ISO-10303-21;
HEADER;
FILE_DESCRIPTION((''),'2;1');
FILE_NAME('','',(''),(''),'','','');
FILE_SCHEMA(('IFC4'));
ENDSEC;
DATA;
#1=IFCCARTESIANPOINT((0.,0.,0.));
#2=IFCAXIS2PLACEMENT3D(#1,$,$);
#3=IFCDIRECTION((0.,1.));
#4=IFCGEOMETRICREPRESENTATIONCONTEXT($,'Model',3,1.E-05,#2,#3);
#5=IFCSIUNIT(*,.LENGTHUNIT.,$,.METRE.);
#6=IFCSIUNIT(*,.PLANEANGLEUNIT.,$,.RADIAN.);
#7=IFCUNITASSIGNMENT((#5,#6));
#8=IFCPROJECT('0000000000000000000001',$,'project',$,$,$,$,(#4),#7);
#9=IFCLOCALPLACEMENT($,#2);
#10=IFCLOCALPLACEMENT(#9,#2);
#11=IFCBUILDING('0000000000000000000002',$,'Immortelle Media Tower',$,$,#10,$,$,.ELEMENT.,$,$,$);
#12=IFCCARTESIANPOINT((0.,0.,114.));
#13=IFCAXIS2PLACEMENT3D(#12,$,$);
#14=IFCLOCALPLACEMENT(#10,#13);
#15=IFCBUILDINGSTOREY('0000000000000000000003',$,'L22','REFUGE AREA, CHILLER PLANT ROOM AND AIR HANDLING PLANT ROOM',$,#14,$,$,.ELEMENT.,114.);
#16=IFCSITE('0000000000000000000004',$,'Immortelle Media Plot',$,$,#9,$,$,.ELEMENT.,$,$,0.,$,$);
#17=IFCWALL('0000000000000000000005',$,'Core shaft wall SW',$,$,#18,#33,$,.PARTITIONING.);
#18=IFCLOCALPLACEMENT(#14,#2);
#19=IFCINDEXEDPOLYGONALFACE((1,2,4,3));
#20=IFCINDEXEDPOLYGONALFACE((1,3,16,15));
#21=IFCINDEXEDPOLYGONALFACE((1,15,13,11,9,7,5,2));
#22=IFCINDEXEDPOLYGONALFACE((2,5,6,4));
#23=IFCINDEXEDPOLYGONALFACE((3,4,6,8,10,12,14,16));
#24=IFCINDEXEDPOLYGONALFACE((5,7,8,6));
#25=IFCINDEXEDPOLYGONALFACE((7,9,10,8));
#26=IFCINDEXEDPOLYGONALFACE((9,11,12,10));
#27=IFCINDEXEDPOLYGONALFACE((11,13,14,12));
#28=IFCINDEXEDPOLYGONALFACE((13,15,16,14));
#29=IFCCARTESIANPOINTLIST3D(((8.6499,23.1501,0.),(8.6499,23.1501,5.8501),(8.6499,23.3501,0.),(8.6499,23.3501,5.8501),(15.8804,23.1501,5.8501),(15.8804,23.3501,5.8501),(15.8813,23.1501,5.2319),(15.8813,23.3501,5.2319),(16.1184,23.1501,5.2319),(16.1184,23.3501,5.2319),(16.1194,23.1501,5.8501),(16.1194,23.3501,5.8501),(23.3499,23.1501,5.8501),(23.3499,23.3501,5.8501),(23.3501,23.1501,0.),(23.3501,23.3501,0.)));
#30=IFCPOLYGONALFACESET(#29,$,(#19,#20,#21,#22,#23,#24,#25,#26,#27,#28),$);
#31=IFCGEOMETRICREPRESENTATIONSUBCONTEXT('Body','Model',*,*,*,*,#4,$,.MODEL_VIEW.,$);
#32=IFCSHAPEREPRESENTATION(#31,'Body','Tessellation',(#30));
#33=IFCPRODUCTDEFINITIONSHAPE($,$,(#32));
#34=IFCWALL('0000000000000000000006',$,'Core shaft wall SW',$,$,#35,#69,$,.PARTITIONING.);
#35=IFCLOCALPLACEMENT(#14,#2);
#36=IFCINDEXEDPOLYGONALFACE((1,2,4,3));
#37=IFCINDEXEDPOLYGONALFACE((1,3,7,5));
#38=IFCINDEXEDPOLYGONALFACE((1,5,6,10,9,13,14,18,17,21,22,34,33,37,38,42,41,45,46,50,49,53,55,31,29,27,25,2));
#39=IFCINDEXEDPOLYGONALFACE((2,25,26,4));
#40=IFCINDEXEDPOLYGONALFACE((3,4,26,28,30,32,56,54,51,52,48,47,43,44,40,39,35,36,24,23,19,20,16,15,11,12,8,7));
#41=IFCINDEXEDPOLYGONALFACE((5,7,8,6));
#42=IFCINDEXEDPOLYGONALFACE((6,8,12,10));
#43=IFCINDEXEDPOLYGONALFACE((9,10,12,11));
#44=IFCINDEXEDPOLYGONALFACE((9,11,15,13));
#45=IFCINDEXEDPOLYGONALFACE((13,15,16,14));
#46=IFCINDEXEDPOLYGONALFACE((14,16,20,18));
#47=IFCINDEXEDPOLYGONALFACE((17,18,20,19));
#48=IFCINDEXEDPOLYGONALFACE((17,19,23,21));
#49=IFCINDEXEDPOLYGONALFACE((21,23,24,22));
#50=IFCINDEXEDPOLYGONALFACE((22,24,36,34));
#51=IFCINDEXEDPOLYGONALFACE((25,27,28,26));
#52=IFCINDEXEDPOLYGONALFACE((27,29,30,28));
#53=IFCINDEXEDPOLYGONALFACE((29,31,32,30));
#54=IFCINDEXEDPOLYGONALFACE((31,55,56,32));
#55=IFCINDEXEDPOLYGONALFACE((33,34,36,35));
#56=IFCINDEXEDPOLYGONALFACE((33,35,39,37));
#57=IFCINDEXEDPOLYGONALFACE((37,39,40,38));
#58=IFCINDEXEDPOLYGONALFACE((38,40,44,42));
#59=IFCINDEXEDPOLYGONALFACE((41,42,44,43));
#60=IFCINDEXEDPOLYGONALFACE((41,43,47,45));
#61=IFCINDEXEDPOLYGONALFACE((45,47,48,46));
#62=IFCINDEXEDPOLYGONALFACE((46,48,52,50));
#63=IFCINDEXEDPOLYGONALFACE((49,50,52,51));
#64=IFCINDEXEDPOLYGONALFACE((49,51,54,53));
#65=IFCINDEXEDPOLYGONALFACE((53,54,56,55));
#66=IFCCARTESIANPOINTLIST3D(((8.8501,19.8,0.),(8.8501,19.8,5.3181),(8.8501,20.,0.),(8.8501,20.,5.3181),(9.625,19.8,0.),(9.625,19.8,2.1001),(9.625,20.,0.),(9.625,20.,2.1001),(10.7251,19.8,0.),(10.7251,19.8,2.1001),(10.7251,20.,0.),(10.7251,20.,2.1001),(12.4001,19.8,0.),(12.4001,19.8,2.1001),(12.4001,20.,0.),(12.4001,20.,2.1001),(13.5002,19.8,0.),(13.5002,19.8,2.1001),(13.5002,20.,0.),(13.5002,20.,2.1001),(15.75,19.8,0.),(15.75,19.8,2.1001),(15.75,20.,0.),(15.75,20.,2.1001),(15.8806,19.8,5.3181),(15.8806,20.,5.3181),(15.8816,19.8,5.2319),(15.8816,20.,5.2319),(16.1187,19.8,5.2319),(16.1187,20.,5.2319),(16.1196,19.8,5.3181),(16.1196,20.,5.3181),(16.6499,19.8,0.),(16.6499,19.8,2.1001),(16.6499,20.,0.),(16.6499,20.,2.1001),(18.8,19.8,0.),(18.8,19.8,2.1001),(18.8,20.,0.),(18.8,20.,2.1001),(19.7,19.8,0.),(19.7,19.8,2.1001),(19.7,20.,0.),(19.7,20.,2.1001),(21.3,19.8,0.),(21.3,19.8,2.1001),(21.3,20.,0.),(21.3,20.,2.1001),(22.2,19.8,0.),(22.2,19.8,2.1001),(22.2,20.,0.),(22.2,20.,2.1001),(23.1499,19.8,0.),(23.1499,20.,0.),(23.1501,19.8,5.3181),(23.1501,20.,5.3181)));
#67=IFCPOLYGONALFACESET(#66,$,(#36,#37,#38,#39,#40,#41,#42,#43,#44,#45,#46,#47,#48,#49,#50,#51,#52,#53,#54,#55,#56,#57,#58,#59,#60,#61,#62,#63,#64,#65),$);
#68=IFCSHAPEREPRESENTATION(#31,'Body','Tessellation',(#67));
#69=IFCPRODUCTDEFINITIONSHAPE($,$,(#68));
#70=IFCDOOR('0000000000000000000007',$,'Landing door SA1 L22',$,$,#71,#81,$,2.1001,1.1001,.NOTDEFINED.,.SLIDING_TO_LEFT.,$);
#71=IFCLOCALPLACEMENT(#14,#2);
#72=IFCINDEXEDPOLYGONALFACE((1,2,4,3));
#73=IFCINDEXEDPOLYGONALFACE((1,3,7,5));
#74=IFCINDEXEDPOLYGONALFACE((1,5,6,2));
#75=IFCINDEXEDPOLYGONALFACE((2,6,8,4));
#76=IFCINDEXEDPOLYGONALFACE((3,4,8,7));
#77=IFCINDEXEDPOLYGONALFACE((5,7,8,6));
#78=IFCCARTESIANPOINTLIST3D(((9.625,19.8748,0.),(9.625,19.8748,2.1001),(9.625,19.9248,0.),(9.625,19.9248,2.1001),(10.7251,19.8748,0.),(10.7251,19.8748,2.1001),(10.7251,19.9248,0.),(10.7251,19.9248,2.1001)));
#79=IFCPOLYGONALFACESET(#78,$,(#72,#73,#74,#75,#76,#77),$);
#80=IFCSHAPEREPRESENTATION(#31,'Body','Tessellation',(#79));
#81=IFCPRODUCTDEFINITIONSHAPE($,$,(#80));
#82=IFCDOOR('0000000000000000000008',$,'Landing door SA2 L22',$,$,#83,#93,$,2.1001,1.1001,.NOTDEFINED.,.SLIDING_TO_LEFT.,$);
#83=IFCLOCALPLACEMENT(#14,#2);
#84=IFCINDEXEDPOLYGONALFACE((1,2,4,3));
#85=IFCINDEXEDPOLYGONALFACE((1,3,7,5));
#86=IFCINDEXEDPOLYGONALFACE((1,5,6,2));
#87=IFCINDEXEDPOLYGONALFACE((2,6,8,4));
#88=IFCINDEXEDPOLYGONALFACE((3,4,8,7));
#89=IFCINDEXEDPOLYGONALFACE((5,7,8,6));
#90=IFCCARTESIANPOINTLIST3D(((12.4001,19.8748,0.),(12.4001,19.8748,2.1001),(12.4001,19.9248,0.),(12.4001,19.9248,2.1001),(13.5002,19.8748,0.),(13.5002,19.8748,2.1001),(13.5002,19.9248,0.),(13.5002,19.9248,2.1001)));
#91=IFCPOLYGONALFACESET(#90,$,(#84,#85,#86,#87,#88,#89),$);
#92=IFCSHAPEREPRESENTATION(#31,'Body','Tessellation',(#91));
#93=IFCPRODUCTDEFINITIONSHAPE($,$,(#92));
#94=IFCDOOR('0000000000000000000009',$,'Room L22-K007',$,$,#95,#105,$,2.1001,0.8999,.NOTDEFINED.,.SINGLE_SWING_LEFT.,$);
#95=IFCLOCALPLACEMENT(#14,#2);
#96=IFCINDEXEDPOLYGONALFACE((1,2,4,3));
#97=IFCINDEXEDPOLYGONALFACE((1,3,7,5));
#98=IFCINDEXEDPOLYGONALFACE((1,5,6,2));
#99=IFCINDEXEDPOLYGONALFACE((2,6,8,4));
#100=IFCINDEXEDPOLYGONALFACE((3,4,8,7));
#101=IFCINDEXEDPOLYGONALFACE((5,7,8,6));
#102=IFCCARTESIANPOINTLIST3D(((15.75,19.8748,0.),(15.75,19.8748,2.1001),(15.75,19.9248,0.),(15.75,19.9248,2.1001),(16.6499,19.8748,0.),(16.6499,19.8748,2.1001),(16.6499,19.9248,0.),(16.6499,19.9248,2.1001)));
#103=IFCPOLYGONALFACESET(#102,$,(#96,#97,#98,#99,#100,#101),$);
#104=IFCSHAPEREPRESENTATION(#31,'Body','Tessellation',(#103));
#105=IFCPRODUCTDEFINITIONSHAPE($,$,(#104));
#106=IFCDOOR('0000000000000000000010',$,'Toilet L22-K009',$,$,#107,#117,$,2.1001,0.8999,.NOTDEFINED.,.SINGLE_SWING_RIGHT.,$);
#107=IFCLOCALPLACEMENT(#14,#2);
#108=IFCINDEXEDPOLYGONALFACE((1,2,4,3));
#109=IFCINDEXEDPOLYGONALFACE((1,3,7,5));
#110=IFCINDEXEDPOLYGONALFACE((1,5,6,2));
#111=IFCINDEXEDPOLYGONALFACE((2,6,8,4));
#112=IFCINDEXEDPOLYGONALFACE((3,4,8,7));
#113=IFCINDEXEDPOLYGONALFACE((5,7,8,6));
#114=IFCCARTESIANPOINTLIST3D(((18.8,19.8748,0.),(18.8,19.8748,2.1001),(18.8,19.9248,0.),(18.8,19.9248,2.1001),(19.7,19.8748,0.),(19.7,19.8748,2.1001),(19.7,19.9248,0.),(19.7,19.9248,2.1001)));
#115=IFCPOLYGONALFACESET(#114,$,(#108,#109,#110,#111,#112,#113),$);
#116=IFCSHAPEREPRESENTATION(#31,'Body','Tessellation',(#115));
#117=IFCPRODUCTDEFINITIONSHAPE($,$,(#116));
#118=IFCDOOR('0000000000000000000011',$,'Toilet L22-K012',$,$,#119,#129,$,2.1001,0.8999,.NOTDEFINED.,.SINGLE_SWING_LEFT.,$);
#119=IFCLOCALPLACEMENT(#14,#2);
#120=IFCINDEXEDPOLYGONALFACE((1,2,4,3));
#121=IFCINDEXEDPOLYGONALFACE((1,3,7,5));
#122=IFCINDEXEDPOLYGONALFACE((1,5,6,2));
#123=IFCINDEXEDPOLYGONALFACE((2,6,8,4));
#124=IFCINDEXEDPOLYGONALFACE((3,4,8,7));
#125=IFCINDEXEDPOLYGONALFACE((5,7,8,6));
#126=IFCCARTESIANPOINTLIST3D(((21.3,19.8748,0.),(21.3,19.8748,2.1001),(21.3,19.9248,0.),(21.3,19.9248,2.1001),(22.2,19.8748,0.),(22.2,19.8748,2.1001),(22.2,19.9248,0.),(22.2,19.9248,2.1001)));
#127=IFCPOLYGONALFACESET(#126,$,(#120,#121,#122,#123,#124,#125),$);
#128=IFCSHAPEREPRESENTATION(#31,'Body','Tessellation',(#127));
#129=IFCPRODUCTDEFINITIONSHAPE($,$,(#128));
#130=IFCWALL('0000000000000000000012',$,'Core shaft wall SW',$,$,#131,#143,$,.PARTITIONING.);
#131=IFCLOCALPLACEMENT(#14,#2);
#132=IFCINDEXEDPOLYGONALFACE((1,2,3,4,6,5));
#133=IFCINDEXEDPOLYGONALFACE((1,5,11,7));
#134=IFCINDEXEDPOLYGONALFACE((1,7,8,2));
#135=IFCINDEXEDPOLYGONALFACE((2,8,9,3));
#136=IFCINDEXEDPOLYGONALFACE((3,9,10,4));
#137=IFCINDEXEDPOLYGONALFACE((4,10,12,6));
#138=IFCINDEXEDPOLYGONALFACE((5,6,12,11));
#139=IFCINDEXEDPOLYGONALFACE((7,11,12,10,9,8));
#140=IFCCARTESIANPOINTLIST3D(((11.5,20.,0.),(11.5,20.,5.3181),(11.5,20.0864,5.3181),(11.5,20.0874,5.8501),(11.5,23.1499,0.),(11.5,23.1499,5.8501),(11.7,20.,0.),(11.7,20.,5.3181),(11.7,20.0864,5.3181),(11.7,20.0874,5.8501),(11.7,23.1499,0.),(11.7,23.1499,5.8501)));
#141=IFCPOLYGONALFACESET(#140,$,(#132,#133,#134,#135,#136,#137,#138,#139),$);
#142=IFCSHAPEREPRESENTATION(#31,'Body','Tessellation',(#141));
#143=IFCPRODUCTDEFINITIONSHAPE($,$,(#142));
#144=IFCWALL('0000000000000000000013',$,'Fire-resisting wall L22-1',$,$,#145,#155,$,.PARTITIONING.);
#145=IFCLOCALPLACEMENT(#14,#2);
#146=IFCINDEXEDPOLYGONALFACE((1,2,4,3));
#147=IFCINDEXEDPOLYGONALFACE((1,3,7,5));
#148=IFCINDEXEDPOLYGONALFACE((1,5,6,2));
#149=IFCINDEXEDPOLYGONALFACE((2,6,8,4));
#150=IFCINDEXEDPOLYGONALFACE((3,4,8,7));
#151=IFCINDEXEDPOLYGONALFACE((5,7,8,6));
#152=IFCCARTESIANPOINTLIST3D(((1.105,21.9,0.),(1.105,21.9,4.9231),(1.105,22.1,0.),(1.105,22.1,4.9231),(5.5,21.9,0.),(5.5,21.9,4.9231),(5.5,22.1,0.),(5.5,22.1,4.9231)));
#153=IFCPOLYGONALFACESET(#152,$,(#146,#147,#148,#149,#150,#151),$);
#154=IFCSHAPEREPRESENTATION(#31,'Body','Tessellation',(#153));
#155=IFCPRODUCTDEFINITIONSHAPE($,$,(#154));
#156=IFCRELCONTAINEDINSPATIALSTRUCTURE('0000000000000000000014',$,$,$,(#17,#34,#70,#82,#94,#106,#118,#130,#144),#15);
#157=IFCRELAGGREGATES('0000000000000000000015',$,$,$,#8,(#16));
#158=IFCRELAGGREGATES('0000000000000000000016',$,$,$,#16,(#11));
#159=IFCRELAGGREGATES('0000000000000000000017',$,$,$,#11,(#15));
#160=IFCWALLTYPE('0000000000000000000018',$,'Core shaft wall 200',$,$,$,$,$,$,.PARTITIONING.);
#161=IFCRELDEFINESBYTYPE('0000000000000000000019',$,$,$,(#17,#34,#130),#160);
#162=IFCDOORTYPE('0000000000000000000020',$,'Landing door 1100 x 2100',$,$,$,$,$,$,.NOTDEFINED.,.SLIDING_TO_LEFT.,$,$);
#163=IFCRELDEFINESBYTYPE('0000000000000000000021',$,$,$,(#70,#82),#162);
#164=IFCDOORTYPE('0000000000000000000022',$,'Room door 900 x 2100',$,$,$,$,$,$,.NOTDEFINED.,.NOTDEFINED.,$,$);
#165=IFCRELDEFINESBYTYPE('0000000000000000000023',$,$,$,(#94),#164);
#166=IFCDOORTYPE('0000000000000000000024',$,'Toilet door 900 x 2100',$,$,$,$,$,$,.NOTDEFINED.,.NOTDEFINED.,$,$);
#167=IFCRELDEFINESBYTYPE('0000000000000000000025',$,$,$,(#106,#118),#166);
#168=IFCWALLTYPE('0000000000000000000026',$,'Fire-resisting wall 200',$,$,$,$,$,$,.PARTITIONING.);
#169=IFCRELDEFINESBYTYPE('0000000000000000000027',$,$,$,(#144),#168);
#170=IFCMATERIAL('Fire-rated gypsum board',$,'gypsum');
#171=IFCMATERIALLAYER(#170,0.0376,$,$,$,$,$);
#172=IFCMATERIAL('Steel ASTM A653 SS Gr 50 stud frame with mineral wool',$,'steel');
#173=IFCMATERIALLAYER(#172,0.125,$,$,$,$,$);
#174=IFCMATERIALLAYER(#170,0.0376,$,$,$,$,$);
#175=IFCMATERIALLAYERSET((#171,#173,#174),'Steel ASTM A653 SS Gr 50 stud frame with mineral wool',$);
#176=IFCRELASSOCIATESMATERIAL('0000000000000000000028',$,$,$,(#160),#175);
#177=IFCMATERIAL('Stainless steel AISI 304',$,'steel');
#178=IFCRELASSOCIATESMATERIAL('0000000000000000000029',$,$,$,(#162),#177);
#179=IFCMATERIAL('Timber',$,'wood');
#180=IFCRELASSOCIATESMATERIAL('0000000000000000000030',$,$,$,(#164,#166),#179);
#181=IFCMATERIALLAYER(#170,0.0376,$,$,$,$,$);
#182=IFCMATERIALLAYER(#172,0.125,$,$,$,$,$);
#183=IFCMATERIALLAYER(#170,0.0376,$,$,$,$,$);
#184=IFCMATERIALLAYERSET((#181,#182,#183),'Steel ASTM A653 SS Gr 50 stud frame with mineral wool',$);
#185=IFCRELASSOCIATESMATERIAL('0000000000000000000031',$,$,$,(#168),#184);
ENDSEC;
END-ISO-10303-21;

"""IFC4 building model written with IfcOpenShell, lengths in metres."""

from ifc_helpers import new_model, si_unit, direction, frame, frame_2d, origin, place, context, subcontext, project, spatial, polyline, rectangle, outline, extrude, material, layer, layer_set, type_object, element, fill, save


model = new_model("IFC4")

# Units and contexts
model_context = context("Model", 3, precision=1e-05, world=origin(), true_north=direction((0.0, 1.0)))
body_context = subcontext(model_context, "Body", "Model", "MODEL_VIEW")
ifc_project = project(units=[si_unit("LENGTHUNIT", "METRE"), si_unit("PLANEANGLEUNIT", "RADIAN")], contexts=[model_context])

# Site, building, storey
site_placement = place(None, origin())
site = spatial("IfcSite", under=ifc_project, at=site_placement, Name="Immortelle Media Plot", CompositionType="ELEMENT", RefElevation=0.0)
building_placement = place(site_placement, origin())
building = spatial("IfcBuilding", under=site, at=building_placement, Name="Immortelle Media Tower", CompositionType="ELEMENT")
storey_placement = place(building_placement, frame((0.0, 0.0, 114.0)))
storey = spatial("IfcBuildingStorey", under=building, at=storey_placement, Name="L22", Description="REFUGE AREA, CHILLER PLANT ROOM AND AIR HANDLING PLANT ROOM", CompositionType="ELEMENT", Elevation=114.0)

# Wall
ifc_material_1 = material(Name="Fire-rated gypsum board", Category="gypsum")
ifc_layer_1 = layer(ifc_material_1, 0.0376)
ifc_material_2 = material(Name="Steel ASTM A653 SS Gr 50 stud frame with mineral wool", Category="steel")
ifc_layer_2 = layer(ifc_material_2, 0.125)
ifc_layer_3 = layer(ifc_material_1, 0.0376)
ifc_layer_set_1 = layer_set([ifc_layer_1, ifc_layer_2, ifc_layer_3], Name="Steel ASTM A653 SS Gr 50 stud frame with mineral wool")
wall_type_1 = type_object("IfcWallType", Name="Core shaft wall 200", PredefinedType="PARTITIONING", material=ifc_layer_set_1)
wall_1_placement = place(storey_placement, frame((8.6499, 23.25, 0.0), z_axis=(0.0, 0.0, 1.0), x_axis=(1.0, 0.0, 0.0)))
element("IfcWall", 1, at=wall_1_placement, inside=storey, type_object=wall_type_1, Name="Core shaft wall SW", PredefinedType="PARTITIONING", context=body_context, shape_type="SweptSolid", body=[
    extrude(outline(polyline([(0.0, 0.0), (14.7002, 0.0), (14.7, 5.8501), (7.4695, 5.8501), (7.4685, 5.2319), (7.2314, 5.2319), (7.2305, 5.8501), (0.0, 5.8501), (0.0, 0.0)])), frame((0.0, 0.1001, 0.0), z_axis=(0.0, -1.0, 0.0), x_axis=(1.0, 0.0, 0.0)), (0.0, 0.0, 1.0), 0.2),
])

# Wall, openings, doors
wall_2_placement = place(storey_placement, frame((8.8501, 19.8999, 0.0), z_axis=(0.0, 0.0, 1.0), x_axis=(1.0, 0.0, 0.0)))
wall_2 = element("IfcWall", 2, at=wall_2_placement, inside=storey, type_object=wall_type_1, Name="Core shaft wall SW", PredefinedType="PARTITIONING", context=body_context, shape_type="SweptSolid", body=[
    extrude(outline(polyline([(0.0, 0.0), (14.2998, 0.0), (14.3, 5.3181), (7.2695, 5.3181), (7.2686, 5.2319), (7.0315, 5.2319), (7.0305, 5.3181), (0.0, 5.3181), (0.0, 0.0)])), frame((0.0, 0.1001, 0.0), z_axis=(0.0, -1.0, 0.0), x_axis=(1.0, 0.0, 0.0)), (0.0, 0.0, 1.0), 0.2),
])
opening_1_placement = place(wall_2_placement, frame((0.7749, 0.0, 0.0)))
opening_1 = element("IfcOpeningElement", 3, at=opening_1_placement, cuts=wall_2, PredefinedType="OPENING", context=body_context, shape_type="SweptSolid", body=[
    extrude(rectangle(XDim=1.1001, YDim=2.1001, at=frame_2d((0.55, 1.05))), frame((0.0, 0.1099, 0.0), z_axis=(0.0, -1.0, 0.0), x_axis=(1.0, 0.0, 0.0)), (0.0, 0.0, 1.0), 0.22),
])
opening_2_placement = place(wall_2_placement, frame((3.55, 0.0, 0.0)))
opening_2 = element("IfcOpeningElement", 4, at=opening_2_placement, cuts=wall_2, PredefinedType="OPENING", context=body_context, shape_type="SweptSolid", body=[
    extrude(rectangle(XDim=1.1001, YDim=2.1001, at=frame_2d((0.55, 1.05))), frame((0.0, 0.1099, 0.0), z_axis=(0.0, -1.0, 0.0), x_axis=(1.0, 0.0, 0.0)), (0.0, 0.0, 1.0), 0.22),
])
opening_3_placement = place(wall_2_placement, frame((6.8999, 0.0, 0.0)))
opening_3 = element("IfcOpeningElement", 5, at=opening_3_placement, cuts=wall_2, PredefinedType="OPENING", context=body_context, shape_type="SweptSolid", body=[
    extrude(rectangle(XDim=0.8999, YDim=2.1001, at=frame_2d((0.45, 1.05))), frame((0.0, 0.1099, 0.0), z_axis=(0.0, -1.0, 0.0), x_axis=(1.0, 0.0, 0.0)), (0.0, 0.0, 1.0), 0.22),
])
opening_4_placement = place(wall_2_placement, frame((9.95, 0.0, 0.0)))
opening_4 = element("IfcOpeningElement", 6, at=opening_4_placement, cuts=wall_2, PredefinedType="OPENING", context=body_context, shape_type="SweptSolid", body=[
    extrude(rectangle(XDim=0.8999, YDim=2.1001, at=frame_2d((0.45, 1.05))), frame((0.0, 0.1099, 0.0), z_axis=(0.0, -1.0, 0.0), x_axis=(1.0, 0.0, 0.0)), (0.0, 0.0, 1.0), 0.22),
])
opening_5_placement = place(wall_2_placement, frame((12.45, 0.0, 0.0)))
opening_5 = element("IfcOpeningElement", 7, at=opening_5_placement, cuts=wall_2, PredefinedType="OPENING", context=body_context, shape_type="SweptSolid", body=[
    extrude(rectangle(XDim=0.8999, YDim=2.1001, at=frame_2d((0.45, 1.05))), frame((0.0, 0.1099, 0.0), z_axis=(0.0, -1.0, 0.0), x_axis=(1.0, 0.0, 0.0)), (0.0, 0.0, 1.0), 0.22),
])
ifc_material_3 = material(Name="Stainless steel AISI 304", Category="steel")
door_type_1 = type_object("IfcDoorType", Name="Landing door 1100 x 2100", OperationType="SLIDING_TO_LEFT", PredefinedType="NOTDEFINED", material=ifc_material_3)
door_1_placement = place(opening_1_placement, origin())
door_1 = element("IfcDoor", 8, at=door_1_placement, inside=storey, type_object=door_type_1, Name="Landing door SA1 L22", OperationType="SLIDING_TO_LEFT", OverallHeight=2.1001, OverallWidth=1.1001, PredefinedType="NOTDEFINED", context=body_context, shape_type="SweptSolid", body=[
    extrude(rectangle(XDim=1.1001, YDim=2.1001, at=frame_2d((0.55, 1.05))), frame((0.0, 0.0249, 0.0), z_axis=(0.0, -1.0, 0.0), x_axis=(1.0, 0.0, 0.0)), (0.0, 0.0, 1.0), 0.05),
])
fill(opening_1, door_1)
door_2_placement = place(opening_2_placement, origin())
door_2 = element("IfcDoor", 9, at=door_2_placement, inside=storey, type_object=door_type_1, Name="Landing door SA2 L22", OperationType="SLIDING_TO_LEFT", OverallHeight=2.1001, OverallWidth=1.1001, PredefinedType="NOTDEFINED", context=body_context, shape_type="SweptSolid", body=[
    extrude(rectangle(XDim=1.1001, YDim=2.1001, at=frame_2d((0.55, 1.05))), frame((0.0, 0.0249, 0.0), z_axis=(0.0, -1.0, 0.0), x_axis=(1.0, 0.0, 0.0)), (0.0, 0.0, 1.0), 0.05),
])
fill(opening_2, door_2)
ifc_material_4 = material(Name="Timber", Category="wood")
door_type_2 = type_object("IfcDoorType", Name="Room door 900 x 2100", OperationType="NOTDEFINED", PredefinedType="NOTDEFINED", material=ifc_material_4)
door_3_placement = place(opening_3_placement, origin())
door_3 = element("IfcDoor", 10, at=door_3_placement, inside=storey, type_object=door_type_2, Name="Room L22-K007", OperationType="SINGLE_SWING_LEFT", OverallHeight=2.1001, OverallWidth=0.8999, PredefinedType="NOTDEFINED", context=body_context, shape_type="SweptSolid", body=[
    extrude(rectangle(XDim=0.8999, YDim=2.1001, at=frame_2d((0.45, 1.05))), frame((0.0, 0.0249, 0.0), z_axis=(0.0, -1.0, 0.0), x_axis=(1.0, 0.0, 0.0)), (0.0, 0.0, 1.0), 0.05),
])
fill(opening_3, door_3)
door_type_3 = type_object("IfcDoorType", Name="Toilet door 900 x 2100", OperationType="NOTDEFINED", PredefinedType="NOTDEFINED", material=ifc_material_4)
door_4_placement = place(opening_4_placement, origin())
door_4 = element("IfcDoor", 11, at=door_4_placement, inside=storey, type_object=door_type_3, Name="Toilet L22-K009", OperationType="SINGLE_SWING_RIGHT", OverallHeight=2.1001, OverallWidth=0.8999, PredefinedType="NOTDEFINED", context=body_context, shape_type="SweptSolid", body=[
    extrude(rectangle(XDim=0.8999, YDim=2.1001, at=frame_2d((0.45, 1.05))), frame((0.0, 0.0249, 0.0), z_axis=(0.0, -1.0, 0.0), x_axis=(1.0, 0.0, 0.0)), (0.0, 0.0, 1.0), 0.05),
])
fill(opening_4, door_4)
door_5_placement = place(opening_5_placement, origin())
door_5 = element("IfcDoor", 12, at=door_5_placement, inside=storey, type_object=door_type_3, Name="Toilet L22-K012", OperationType="SINGLE_SWING_LEFT", OverallHeight=2.1001, OverallWidth=0.8999, PredefinedType="NOTDEFINED", context=body_context, shape_type="SweptSolid", body=[
    extrude(rectangle(XDim=0.8999, YDim=2.1001, at=frame_2d((0.45, 1.05))), frame((0.0, 0.0249, 0.0), z_axis=(0.0, -1.0, 0.0), x_axis=(1.0, 0.0, 0.0)), (0.0, 0.0, 1.0), 0.05),
])
fill(opening_5, door_5)

# Walls
wall_3_placement = place(storey_placement, frame((11.6001, 20.0, 0.0), z_axis=(0.0, 0.0, 1.0), x_axis=(0.0, 1.0, 0.0)))
element("IfcWall", 13, at=wall_3_placement, inside=storey, type_object=wall_type_1, Name="Core shaft wall SW", PredefinedType="PARTITIONING", context=body_context, shape_type="SweptSolid", body=[
    extrude(outline(polyline([(0.0, 0.0), (3.1499, 0.0), (3.1499, 5.8501), (0.0874, 5.8501), (0.0864, 5.3181), (0.0, 5.3181), (0.0, 0.0)])), frame((0.0, 0.1001, 0.0), z_axis=(0.0, -1.0, 0.0), x_axis=(1.0, 0.0, 0.0)), (0.0, 0.0, 1.0), 0.2),
])
ifc_layer_4 = layer(ifc_material_1, 0.0376)
ifc_layer_5 = layer(ifc_material_2, 0.125)
ifc_layer_6 = layer(ifc_material_1, 0.0376)
ifc_layer_set_2 = layer_set([ifc_layer_4, ifc_layer_5, ifc_layer_6], Name="Steel ASTM A653 SS Gr 50 stud frame with mineral wool")
wall_type_2 = type_object("IfcWallType", Name="Fire-resisting wall 200", PredefinedType="PARTITIONING", material=ifc_layer_set_2)
wall_4_placement = place(storey_placement, frame((1.105, 22.0, 0.0), z_axis=(0.0, 0.0, 1.0), x_axis=(1.0, 0.0, 0.0)))
element("IfcWall", 14, at=wall_4_placement, inside=storey, type_object=wall_type_2, Name="Fire-resisting wall L22-1", PredefinedType="PARTITIONING", context=body_context, shape_type="SweptSolid", body=[
    extrude(rectangle(XDim=4.395, YDim=0.2, at=frame_2d((2.1975, 0.0))), origin(), (0.0, 0.0, 1.0), 4.9231),
])

save(model, "model.ifc")
